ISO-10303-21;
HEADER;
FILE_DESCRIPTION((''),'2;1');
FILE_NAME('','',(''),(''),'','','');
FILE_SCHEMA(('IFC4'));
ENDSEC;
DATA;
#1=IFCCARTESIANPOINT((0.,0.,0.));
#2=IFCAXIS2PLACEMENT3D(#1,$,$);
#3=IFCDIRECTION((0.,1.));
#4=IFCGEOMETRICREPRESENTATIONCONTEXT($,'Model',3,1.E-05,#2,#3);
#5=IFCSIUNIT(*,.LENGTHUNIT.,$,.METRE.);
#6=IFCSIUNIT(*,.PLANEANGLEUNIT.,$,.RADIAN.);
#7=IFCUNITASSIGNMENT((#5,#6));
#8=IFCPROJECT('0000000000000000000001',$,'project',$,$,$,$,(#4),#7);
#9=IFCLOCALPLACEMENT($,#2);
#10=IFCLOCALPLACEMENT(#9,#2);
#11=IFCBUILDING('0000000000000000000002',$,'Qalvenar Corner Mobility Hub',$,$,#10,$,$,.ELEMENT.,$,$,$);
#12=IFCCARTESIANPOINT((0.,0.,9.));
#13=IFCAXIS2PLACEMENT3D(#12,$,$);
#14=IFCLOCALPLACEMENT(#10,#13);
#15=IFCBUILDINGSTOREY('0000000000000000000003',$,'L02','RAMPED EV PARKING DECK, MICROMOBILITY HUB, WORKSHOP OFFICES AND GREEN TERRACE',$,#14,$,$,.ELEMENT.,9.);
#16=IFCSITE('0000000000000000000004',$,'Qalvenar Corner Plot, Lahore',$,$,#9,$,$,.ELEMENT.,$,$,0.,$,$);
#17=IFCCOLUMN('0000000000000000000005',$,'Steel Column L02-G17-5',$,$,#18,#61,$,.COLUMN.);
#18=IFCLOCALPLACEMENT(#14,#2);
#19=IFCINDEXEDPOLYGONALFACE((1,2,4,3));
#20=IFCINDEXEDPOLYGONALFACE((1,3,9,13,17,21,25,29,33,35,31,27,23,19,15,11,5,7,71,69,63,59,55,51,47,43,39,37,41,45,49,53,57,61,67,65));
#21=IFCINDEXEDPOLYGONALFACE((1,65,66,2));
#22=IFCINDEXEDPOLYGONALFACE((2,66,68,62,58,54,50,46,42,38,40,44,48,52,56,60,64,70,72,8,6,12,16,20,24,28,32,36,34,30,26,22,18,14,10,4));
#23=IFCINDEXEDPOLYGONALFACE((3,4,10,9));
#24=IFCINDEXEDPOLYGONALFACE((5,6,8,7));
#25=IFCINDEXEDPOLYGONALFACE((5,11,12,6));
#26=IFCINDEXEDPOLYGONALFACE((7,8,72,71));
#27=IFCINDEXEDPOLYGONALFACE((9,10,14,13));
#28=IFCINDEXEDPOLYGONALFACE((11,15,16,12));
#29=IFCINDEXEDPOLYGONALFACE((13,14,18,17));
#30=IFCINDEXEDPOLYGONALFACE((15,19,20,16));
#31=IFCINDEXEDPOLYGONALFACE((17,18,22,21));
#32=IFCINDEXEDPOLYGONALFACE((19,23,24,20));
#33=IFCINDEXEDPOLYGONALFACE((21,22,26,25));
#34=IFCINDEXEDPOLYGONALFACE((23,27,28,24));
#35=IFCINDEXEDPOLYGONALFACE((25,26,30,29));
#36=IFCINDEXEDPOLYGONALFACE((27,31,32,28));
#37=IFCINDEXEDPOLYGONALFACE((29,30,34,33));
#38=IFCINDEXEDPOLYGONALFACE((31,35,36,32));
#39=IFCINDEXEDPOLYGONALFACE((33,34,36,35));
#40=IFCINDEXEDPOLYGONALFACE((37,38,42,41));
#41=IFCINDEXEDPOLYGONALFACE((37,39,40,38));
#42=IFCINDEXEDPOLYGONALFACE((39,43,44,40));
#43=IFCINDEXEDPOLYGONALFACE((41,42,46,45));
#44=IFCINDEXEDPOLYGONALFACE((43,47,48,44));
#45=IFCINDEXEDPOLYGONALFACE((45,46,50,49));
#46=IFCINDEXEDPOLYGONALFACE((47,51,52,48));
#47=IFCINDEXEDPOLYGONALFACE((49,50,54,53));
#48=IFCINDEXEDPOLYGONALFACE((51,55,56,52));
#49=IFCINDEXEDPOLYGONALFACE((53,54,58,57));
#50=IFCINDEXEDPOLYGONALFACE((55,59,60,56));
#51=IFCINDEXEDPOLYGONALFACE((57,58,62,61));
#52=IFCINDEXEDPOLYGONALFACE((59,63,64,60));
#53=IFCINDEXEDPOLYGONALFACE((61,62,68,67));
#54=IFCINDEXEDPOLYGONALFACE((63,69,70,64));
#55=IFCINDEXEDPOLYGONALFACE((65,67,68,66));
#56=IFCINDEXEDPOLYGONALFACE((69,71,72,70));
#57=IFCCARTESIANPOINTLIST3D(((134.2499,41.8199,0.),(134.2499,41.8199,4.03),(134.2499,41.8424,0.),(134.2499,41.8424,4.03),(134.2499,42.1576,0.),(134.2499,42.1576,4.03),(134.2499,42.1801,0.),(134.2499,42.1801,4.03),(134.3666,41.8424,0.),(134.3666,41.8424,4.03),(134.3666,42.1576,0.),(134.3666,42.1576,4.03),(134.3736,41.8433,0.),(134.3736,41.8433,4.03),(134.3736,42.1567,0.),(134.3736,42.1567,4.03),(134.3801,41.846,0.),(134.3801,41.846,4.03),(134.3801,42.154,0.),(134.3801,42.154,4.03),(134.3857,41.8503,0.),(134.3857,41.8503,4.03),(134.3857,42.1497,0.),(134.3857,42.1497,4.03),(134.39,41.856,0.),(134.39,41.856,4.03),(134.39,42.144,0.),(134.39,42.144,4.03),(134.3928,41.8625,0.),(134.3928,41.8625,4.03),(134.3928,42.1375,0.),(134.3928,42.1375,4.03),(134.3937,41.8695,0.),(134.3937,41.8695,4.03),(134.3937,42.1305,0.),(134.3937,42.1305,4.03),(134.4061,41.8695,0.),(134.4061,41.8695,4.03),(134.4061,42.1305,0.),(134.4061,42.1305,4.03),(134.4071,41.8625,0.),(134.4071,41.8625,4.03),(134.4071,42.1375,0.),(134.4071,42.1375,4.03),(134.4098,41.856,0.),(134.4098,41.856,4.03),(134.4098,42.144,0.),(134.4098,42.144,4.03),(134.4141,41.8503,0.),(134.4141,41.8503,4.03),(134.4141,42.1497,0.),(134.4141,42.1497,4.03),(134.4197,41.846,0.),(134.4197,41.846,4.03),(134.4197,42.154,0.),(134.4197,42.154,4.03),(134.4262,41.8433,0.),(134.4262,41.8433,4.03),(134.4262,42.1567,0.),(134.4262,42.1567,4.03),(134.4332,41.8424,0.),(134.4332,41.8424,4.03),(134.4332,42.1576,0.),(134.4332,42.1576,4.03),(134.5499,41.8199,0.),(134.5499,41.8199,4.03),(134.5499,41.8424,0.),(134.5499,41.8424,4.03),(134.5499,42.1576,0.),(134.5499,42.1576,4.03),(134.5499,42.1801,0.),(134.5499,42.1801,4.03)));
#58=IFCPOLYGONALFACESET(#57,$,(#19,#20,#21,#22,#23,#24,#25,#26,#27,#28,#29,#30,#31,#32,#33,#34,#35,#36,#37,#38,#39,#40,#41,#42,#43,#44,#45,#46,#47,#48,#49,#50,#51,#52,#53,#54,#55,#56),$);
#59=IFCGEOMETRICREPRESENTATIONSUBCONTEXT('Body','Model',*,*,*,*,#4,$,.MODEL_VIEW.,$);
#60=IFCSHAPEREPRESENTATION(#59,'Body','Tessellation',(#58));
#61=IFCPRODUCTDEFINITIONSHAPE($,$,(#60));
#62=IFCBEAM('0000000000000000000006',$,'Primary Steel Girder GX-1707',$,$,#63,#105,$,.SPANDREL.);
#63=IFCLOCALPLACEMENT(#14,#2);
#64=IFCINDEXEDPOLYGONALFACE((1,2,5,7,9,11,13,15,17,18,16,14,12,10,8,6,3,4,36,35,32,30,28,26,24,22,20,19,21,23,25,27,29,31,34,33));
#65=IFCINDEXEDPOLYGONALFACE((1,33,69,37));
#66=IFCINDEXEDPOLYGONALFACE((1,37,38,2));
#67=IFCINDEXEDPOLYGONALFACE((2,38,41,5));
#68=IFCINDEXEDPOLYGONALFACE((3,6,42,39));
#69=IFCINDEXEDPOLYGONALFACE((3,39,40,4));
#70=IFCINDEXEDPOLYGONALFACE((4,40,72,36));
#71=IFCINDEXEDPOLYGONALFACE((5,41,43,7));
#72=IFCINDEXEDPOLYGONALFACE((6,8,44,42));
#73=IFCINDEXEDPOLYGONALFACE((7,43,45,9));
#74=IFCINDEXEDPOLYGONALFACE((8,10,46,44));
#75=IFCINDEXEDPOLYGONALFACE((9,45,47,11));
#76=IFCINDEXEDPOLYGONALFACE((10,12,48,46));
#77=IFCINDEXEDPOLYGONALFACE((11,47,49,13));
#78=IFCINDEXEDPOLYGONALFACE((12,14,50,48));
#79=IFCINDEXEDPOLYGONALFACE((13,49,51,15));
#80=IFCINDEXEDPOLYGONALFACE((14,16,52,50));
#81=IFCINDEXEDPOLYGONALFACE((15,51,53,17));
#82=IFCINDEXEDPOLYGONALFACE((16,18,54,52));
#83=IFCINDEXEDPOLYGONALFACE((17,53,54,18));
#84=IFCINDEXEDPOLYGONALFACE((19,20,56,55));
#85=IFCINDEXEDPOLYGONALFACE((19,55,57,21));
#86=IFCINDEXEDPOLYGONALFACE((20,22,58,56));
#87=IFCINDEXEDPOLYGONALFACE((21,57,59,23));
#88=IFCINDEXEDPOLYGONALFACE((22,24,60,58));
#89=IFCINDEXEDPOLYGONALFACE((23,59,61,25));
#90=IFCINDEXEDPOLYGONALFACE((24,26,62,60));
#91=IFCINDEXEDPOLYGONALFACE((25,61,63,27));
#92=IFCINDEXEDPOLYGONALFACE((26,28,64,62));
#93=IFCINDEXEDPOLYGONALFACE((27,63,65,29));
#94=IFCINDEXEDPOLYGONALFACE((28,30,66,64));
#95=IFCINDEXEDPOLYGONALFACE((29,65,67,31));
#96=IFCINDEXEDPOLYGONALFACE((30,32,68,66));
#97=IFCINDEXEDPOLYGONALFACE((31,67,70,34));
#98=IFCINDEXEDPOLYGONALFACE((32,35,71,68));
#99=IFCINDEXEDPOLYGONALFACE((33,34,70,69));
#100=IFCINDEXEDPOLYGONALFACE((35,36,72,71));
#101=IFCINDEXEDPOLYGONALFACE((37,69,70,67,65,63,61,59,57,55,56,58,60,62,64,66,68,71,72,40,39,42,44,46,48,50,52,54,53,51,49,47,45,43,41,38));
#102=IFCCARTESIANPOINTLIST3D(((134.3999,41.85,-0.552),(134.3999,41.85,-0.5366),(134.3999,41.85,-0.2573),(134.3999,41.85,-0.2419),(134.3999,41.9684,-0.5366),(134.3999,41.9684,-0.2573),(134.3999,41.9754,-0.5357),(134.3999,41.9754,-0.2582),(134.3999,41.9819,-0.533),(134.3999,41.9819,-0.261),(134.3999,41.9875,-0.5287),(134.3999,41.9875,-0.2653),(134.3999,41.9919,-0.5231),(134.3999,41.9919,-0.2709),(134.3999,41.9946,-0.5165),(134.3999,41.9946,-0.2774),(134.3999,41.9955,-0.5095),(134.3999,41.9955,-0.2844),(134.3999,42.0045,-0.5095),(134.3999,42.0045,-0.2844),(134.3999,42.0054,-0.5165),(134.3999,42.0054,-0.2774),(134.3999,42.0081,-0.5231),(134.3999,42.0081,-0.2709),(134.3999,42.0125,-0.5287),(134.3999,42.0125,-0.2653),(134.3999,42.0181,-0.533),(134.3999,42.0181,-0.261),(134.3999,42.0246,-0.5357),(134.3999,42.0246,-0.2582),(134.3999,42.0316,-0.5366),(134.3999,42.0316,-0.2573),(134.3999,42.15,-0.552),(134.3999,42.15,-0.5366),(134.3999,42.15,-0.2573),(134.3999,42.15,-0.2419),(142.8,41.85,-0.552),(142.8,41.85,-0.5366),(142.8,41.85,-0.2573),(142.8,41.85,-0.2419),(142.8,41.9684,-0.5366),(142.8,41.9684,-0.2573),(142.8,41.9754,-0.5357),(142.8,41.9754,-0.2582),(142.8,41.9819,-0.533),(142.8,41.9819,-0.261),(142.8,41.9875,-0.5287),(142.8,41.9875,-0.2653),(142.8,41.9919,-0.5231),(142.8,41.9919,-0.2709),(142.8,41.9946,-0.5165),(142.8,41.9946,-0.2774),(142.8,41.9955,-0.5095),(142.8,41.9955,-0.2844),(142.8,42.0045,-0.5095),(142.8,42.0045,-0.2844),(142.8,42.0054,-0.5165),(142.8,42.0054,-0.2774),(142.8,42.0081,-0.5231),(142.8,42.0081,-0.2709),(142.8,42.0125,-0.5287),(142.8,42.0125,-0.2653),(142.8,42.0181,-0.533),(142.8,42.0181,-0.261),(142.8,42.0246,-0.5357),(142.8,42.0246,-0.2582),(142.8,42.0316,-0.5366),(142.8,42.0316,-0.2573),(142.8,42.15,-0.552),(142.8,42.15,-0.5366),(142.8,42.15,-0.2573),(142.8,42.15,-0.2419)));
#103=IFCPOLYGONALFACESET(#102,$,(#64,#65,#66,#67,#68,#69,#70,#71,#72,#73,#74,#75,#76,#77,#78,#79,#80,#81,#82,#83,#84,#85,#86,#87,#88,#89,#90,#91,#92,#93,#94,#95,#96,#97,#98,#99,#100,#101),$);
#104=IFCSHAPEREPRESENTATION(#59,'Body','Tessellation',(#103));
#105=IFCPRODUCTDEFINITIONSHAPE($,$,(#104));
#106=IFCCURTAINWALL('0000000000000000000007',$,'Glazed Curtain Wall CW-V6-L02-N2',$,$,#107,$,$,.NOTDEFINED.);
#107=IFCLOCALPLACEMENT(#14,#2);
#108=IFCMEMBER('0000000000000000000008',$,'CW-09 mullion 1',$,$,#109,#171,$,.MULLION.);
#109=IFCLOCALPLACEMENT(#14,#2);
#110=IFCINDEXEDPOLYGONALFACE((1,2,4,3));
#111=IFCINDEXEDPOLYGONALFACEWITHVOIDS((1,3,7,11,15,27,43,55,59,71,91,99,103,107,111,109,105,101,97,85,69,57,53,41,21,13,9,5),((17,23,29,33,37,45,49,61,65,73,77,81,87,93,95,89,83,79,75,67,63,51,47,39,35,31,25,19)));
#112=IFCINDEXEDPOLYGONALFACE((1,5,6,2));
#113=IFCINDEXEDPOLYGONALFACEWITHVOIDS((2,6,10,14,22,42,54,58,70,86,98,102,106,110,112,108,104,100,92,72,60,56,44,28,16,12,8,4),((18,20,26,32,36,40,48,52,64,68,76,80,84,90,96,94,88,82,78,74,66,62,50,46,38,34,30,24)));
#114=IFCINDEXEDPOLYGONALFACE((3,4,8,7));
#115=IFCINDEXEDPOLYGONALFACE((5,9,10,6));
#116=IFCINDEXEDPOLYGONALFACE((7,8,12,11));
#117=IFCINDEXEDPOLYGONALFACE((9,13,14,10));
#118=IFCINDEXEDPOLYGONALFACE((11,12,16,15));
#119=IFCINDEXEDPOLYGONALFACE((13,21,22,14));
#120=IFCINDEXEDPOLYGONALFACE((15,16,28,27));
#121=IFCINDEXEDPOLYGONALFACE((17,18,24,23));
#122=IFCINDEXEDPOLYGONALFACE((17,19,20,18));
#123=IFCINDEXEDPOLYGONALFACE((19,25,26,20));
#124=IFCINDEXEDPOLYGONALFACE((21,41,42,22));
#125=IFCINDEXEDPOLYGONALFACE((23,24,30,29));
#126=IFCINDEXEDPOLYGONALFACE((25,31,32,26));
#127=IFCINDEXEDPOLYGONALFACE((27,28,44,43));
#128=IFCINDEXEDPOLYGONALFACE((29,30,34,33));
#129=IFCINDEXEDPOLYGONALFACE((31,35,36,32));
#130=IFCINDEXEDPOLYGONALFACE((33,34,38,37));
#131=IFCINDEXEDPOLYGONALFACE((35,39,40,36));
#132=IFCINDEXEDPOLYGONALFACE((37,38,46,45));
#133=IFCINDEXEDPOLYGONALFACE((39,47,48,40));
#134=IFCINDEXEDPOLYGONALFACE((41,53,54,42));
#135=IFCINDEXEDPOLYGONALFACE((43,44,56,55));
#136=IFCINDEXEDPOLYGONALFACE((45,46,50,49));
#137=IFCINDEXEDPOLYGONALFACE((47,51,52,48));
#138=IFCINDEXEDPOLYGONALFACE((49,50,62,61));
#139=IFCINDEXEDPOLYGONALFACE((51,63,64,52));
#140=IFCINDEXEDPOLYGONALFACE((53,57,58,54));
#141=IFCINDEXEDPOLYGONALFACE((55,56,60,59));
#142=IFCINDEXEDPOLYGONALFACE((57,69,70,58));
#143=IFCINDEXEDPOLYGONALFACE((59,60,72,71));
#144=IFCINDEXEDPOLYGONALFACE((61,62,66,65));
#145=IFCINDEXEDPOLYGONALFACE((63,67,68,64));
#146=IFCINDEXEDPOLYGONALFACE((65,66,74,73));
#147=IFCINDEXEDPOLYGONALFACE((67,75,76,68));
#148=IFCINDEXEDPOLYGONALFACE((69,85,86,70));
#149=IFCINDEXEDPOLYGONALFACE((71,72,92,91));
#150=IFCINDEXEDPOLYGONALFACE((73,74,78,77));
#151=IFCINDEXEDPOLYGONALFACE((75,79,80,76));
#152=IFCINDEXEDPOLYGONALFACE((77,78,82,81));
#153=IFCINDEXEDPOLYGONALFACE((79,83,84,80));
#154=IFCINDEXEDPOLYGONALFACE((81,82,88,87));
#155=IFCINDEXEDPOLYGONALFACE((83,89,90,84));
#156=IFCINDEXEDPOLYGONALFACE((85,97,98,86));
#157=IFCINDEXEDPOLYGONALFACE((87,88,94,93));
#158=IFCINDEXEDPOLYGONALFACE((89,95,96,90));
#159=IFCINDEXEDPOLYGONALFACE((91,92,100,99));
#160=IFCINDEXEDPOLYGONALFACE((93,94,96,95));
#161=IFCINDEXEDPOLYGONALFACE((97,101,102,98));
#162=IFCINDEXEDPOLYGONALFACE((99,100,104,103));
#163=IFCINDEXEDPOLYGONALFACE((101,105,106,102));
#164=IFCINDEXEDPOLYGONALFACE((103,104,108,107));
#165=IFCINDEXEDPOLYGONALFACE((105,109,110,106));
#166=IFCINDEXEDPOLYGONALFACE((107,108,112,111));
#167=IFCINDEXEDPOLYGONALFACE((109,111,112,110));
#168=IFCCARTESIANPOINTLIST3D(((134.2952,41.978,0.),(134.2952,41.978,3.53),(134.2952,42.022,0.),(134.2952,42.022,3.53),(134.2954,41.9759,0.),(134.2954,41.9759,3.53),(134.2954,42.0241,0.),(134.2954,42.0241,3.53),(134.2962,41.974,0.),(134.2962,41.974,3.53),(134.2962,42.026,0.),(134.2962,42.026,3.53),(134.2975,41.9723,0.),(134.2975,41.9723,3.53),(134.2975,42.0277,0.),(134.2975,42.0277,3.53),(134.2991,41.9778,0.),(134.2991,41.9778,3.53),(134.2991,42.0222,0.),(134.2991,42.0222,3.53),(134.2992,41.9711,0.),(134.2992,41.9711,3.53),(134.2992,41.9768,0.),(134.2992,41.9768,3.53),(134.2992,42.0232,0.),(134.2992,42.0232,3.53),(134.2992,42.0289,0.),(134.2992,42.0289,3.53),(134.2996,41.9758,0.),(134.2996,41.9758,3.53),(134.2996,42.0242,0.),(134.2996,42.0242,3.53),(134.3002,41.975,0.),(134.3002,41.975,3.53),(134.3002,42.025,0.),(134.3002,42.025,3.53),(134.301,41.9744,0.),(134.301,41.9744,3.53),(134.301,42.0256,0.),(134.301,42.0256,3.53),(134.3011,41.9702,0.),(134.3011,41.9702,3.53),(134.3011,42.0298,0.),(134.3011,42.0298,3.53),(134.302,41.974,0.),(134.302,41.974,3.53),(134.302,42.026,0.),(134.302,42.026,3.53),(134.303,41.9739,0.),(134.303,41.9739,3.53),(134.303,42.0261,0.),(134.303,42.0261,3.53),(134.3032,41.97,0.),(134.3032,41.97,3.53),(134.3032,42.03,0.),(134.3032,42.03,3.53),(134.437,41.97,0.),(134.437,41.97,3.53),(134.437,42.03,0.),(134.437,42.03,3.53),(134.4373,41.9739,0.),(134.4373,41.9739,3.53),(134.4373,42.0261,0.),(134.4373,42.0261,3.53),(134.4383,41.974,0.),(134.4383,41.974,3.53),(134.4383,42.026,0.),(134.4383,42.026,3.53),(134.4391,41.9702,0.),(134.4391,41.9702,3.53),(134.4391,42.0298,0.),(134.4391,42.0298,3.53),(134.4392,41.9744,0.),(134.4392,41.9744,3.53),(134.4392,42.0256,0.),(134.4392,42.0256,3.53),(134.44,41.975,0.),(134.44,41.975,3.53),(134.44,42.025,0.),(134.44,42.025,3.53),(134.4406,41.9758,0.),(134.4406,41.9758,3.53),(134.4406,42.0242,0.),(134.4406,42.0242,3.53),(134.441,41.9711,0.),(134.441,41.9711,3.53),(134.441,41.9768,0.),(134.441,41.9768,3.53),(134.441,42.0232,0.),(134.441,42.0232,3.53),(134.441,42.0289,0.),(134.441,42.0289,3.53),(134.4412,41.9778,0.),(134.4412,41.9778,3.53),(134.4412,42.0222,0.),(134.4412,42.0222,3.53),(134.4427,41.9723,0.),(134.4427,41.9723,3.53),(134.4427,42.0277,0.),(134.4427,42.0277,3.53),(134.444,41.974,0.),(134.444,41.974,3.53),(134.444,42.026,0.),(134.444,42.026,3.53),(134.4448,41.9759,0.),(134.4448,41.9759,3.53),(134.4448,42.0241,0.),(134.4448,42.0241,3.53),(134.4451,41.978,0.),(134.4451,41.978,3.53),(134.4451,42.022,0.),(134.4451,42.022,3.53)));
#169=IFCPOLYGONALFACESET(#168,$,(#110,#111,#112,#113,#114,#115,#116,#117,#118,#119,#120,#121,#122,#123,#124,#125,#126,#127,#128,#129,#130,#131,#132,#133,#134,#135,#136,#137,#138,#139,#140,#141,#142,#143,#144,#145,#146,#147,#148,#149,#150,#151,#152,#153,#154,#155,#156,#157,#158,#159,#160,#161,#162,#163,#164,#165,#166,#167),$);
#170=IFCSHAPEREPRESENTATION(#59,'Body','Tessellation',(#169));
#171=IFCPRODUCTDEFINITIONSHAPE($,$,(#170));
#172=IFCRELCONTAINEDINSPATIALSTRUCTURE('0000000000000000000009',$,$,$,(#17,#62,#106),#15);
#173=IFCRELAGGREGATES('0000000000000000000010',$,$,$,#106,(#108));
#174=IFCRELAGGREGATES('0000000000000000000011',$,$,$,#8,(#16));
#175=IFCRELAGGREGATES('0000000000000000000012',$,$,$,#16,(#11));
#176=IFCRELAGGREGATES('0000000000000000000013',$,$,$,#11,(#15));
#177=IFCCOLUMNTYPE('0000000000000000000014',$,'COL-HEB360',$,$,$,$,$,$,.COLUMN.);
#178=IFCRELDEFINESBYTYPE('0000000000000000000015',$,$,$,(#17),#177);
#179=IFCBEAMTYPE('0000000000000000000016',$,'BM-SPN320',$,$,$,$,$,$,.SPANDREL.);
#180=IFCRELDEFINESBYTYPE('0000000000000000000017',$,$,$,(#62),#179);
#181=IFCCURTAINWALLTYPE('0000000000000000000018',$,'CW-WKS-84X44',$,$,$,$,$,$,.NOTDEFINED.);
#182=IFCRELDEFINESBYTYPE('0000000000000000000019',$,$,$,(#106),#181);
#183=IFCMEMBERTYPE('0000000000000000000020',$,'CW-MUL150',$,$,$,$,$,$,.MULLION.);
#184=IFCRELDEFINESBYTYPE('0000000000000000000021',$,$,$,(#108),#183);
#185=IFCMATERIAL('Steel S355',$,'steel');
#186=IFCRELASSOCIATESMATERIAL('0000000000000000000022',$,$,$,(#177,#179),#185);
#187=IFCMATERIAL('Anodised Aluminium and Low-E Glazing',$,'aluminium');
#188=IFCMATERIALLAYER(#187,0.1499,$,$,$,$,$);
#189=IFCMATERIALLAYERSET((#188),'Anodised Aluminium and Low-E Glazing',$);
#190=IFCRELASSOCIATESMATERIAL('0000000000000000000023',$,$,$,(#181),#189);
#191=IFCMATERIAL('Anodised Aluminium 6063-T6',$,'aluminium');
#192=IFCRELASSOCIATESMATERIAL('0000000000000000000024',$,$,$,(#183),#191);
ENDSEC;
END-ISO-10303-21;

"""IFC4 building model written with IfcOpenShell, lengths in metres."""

from ifc_helpers import new_model, si_unit, direction, frame, origin, origin_2d, place, context, subcontext, project, spatial, hollow_rectangle, i_section, extrude, material, layer, layer_set, material_profile, profile_set, type_object, element, aggregate, save


model = new_model("IFC4")

# Units and contexts
model_context = context("Model", 3, precision=1e-05, world=origin(), true_north=direction((0.0, 1.0)))
body_context = subcontext(model_context, "Body", "Model", "MODEL_VIEW")
ifc_project = project(units=[si_unit("LENGTHUNIT", "METRE"), si_unit("PLANEANGLEUNIT", "RADIAN")], contexts=[model_context])

# Site, building, storey
site_placement = place(None, origin())
site = spatial("IfcSite", under=ifc_project, at=site_placement, Name="Qalvenar Corner Plot, Lahore", CompositionType="ELEMENT", RefElevation=0.0)
building_placement = place(site_placement, origin())
building = spatial("IfcBuilding", under=site, at=building_placement, Name="Qalvenar Corner Mobility Hub", CompositionType="ELEMENT")
storey_placement = place(building_placement, frame((0.0, 0.0, 9.0)))
storey = spatial("IfcBuildingStorey", under=building, at=storey_placement, Name="L02", Description="RAMPED EV PARKING DECK, MICROMOBILITY HUB, WORKSHOP OFFICES AND GREEN TERRACE", CompositionType="ELEMENT", Elevation=9.0)

# Column
ifc_material_1 = material(Name="Steel S355", Category="steel")
ifc_material_profile_1 = material_profile(ifc_material_1, i_section(OverallWidth=0.3, OverallDepth=0.3601, WebThickness=0.0125, FlangeThickness=0.0225, FilletRadius=0.0271, at=origin_2d()), Name="HEB360")
ifc_profile_set_1 = profile_set([ifc_material_profile_1], Name="Steel S355")
column_type = type_object("IfcColumnType", Name="COL-HEB360", PredefinedType="COLUMN", material=ifc_profile_set_1)
column_placement = place(storey_placement, frame((134.3999, 42.0, 0.0), z_axis=(0.0, 0.0, 1.0), x_axis=(1.0, 0.0, 0.0)))
element("IfcColumn", 1, at=column_placement, inside=storey, type_object=column_type, Name="Steel Column L02-G17-5", PredefinedType="COLUMN", context=body_context, shape_type="SweptSolid", body=[
    extrude(i_section(OverallWidth=0.3, OverallDepth=0.3601, WebThickness=0.0125, FlangeThickness=0.0225, FilletRadius=0.0271, at=origin_2d()), origin(), (0.0, 0.0, 1.0), 4.03),
])

# Beam
ifc_material_profile_2 = material_profile(ifc_material_1, i_section(OverallWidth=0.3, OverallDepth=0.3101, WebThickness=0.009, FlangeThickness=0.0154, FilletRadius=0.0271, at=origin_2d()), Name="HEA320")
ifc_profile_set_2 = profile_set([ifc_material_profile_2], Name="Steel S355")
beam_type = type_object("IfcBeamType", Name="BM-SPN320", PredefinedType="SPANDREL", material=ifc_profile_set_2)
beam_placement = place(storey_placement, frame((134.3999, 42.0, -0.397), z_axis=(1.0, 0.0, 0.0), x_axis=(0.0, 1.0, 0.0)))
element("IfcBeam", 2, at=beam_placement, inside=storey, type_object=beam_type, Name="Primary Steel Girder GX-1707", PredefinedType="SPANDREL", context=body_context, shape_type="SweptSolid", body=[
    extrude(i_section(OverallWidth=0.3, OverallDepth=0.3101, WebThickness=0.009, FlangeThickness=0.0154, FilletRadius=0.0271, at=origin_2d()), origin(), (0.0, 0.0, 1.0), 8.4001),
])

# Curtain wall, member
ifc_material_2 = material(Name="Anodised Aluminium and Low-E Glazing", Category="aluminium")
ifc_layer_1 = layer(ifc_material_2, 0.1499)
ifc_layer_set_1 = layer_set([ifc_layer_1], Name="Anodised Aluminium and Low-E Glazing")
curtain_wall_type = type_object("IfcCurtainWallType", Name="CW-WKS-84X44", PredefinedType="NOTDEFINED", material=ifc_layer_set_1)
curtain_wall_placement = place(storey_placement, origin())
curtain_wall = element("IfcCurtainWall", 3, at=curtain_wall_placement, inside=storey, type_object=curtain_wall_type, Name="Glazed Curtain Wall CW-V6-L02-N2", PredefinedType="NOTDEFINED")
ifc_material_3 = material(Name="Anodised Aluminium 6063-T6", Category="aluminium")
ifc_material_profile_3 = material_profile(ifc_material_3, hollow_rectangle(XDim=0.0601, YDim=0.1499, WallThickness=0.0039, InnerFilletRadius=0.0039, OuterFilletRadius=0.0081, at=origin_2d()), Name="RHS150x60x4")
ifc_profile_set_3 = profile_set([ifc_material_profile_3], Name="Anodised Aluminium 6063-T6")
member_type_1 = type_object("IfcMemberType", Name="CW-MUL150", PredefinedType="MULLION", material=ifc_profile_set_3)
member_1_placement = place(storey_placement, frame((134.3701, 42.0, 0.0), z_axis=(0.0, 0.0, 1.0), x_axis=(0.0, -1.0, 0.0)))
member_1 = element("IfcMember", 4, at=member_1_placement, type_object=member_type_1, Name="CW-09 mullion 1", PredefinedType="MULLION", context=body_context, shape_type="SweptSolid", body=[
    extrude(hollow_rectangle(XDim=0.0601, YDim=0.1499, WallThickness=0.0039, InnerFilletRadius=0.0039, OuterFilletRadius=0.0081, at=origin_2d()), origin(), (0.0, 0.0, 1.0), 3.53),
])
aggregate(curtain_wall, [member_1])

save(model, "model.ifc")
